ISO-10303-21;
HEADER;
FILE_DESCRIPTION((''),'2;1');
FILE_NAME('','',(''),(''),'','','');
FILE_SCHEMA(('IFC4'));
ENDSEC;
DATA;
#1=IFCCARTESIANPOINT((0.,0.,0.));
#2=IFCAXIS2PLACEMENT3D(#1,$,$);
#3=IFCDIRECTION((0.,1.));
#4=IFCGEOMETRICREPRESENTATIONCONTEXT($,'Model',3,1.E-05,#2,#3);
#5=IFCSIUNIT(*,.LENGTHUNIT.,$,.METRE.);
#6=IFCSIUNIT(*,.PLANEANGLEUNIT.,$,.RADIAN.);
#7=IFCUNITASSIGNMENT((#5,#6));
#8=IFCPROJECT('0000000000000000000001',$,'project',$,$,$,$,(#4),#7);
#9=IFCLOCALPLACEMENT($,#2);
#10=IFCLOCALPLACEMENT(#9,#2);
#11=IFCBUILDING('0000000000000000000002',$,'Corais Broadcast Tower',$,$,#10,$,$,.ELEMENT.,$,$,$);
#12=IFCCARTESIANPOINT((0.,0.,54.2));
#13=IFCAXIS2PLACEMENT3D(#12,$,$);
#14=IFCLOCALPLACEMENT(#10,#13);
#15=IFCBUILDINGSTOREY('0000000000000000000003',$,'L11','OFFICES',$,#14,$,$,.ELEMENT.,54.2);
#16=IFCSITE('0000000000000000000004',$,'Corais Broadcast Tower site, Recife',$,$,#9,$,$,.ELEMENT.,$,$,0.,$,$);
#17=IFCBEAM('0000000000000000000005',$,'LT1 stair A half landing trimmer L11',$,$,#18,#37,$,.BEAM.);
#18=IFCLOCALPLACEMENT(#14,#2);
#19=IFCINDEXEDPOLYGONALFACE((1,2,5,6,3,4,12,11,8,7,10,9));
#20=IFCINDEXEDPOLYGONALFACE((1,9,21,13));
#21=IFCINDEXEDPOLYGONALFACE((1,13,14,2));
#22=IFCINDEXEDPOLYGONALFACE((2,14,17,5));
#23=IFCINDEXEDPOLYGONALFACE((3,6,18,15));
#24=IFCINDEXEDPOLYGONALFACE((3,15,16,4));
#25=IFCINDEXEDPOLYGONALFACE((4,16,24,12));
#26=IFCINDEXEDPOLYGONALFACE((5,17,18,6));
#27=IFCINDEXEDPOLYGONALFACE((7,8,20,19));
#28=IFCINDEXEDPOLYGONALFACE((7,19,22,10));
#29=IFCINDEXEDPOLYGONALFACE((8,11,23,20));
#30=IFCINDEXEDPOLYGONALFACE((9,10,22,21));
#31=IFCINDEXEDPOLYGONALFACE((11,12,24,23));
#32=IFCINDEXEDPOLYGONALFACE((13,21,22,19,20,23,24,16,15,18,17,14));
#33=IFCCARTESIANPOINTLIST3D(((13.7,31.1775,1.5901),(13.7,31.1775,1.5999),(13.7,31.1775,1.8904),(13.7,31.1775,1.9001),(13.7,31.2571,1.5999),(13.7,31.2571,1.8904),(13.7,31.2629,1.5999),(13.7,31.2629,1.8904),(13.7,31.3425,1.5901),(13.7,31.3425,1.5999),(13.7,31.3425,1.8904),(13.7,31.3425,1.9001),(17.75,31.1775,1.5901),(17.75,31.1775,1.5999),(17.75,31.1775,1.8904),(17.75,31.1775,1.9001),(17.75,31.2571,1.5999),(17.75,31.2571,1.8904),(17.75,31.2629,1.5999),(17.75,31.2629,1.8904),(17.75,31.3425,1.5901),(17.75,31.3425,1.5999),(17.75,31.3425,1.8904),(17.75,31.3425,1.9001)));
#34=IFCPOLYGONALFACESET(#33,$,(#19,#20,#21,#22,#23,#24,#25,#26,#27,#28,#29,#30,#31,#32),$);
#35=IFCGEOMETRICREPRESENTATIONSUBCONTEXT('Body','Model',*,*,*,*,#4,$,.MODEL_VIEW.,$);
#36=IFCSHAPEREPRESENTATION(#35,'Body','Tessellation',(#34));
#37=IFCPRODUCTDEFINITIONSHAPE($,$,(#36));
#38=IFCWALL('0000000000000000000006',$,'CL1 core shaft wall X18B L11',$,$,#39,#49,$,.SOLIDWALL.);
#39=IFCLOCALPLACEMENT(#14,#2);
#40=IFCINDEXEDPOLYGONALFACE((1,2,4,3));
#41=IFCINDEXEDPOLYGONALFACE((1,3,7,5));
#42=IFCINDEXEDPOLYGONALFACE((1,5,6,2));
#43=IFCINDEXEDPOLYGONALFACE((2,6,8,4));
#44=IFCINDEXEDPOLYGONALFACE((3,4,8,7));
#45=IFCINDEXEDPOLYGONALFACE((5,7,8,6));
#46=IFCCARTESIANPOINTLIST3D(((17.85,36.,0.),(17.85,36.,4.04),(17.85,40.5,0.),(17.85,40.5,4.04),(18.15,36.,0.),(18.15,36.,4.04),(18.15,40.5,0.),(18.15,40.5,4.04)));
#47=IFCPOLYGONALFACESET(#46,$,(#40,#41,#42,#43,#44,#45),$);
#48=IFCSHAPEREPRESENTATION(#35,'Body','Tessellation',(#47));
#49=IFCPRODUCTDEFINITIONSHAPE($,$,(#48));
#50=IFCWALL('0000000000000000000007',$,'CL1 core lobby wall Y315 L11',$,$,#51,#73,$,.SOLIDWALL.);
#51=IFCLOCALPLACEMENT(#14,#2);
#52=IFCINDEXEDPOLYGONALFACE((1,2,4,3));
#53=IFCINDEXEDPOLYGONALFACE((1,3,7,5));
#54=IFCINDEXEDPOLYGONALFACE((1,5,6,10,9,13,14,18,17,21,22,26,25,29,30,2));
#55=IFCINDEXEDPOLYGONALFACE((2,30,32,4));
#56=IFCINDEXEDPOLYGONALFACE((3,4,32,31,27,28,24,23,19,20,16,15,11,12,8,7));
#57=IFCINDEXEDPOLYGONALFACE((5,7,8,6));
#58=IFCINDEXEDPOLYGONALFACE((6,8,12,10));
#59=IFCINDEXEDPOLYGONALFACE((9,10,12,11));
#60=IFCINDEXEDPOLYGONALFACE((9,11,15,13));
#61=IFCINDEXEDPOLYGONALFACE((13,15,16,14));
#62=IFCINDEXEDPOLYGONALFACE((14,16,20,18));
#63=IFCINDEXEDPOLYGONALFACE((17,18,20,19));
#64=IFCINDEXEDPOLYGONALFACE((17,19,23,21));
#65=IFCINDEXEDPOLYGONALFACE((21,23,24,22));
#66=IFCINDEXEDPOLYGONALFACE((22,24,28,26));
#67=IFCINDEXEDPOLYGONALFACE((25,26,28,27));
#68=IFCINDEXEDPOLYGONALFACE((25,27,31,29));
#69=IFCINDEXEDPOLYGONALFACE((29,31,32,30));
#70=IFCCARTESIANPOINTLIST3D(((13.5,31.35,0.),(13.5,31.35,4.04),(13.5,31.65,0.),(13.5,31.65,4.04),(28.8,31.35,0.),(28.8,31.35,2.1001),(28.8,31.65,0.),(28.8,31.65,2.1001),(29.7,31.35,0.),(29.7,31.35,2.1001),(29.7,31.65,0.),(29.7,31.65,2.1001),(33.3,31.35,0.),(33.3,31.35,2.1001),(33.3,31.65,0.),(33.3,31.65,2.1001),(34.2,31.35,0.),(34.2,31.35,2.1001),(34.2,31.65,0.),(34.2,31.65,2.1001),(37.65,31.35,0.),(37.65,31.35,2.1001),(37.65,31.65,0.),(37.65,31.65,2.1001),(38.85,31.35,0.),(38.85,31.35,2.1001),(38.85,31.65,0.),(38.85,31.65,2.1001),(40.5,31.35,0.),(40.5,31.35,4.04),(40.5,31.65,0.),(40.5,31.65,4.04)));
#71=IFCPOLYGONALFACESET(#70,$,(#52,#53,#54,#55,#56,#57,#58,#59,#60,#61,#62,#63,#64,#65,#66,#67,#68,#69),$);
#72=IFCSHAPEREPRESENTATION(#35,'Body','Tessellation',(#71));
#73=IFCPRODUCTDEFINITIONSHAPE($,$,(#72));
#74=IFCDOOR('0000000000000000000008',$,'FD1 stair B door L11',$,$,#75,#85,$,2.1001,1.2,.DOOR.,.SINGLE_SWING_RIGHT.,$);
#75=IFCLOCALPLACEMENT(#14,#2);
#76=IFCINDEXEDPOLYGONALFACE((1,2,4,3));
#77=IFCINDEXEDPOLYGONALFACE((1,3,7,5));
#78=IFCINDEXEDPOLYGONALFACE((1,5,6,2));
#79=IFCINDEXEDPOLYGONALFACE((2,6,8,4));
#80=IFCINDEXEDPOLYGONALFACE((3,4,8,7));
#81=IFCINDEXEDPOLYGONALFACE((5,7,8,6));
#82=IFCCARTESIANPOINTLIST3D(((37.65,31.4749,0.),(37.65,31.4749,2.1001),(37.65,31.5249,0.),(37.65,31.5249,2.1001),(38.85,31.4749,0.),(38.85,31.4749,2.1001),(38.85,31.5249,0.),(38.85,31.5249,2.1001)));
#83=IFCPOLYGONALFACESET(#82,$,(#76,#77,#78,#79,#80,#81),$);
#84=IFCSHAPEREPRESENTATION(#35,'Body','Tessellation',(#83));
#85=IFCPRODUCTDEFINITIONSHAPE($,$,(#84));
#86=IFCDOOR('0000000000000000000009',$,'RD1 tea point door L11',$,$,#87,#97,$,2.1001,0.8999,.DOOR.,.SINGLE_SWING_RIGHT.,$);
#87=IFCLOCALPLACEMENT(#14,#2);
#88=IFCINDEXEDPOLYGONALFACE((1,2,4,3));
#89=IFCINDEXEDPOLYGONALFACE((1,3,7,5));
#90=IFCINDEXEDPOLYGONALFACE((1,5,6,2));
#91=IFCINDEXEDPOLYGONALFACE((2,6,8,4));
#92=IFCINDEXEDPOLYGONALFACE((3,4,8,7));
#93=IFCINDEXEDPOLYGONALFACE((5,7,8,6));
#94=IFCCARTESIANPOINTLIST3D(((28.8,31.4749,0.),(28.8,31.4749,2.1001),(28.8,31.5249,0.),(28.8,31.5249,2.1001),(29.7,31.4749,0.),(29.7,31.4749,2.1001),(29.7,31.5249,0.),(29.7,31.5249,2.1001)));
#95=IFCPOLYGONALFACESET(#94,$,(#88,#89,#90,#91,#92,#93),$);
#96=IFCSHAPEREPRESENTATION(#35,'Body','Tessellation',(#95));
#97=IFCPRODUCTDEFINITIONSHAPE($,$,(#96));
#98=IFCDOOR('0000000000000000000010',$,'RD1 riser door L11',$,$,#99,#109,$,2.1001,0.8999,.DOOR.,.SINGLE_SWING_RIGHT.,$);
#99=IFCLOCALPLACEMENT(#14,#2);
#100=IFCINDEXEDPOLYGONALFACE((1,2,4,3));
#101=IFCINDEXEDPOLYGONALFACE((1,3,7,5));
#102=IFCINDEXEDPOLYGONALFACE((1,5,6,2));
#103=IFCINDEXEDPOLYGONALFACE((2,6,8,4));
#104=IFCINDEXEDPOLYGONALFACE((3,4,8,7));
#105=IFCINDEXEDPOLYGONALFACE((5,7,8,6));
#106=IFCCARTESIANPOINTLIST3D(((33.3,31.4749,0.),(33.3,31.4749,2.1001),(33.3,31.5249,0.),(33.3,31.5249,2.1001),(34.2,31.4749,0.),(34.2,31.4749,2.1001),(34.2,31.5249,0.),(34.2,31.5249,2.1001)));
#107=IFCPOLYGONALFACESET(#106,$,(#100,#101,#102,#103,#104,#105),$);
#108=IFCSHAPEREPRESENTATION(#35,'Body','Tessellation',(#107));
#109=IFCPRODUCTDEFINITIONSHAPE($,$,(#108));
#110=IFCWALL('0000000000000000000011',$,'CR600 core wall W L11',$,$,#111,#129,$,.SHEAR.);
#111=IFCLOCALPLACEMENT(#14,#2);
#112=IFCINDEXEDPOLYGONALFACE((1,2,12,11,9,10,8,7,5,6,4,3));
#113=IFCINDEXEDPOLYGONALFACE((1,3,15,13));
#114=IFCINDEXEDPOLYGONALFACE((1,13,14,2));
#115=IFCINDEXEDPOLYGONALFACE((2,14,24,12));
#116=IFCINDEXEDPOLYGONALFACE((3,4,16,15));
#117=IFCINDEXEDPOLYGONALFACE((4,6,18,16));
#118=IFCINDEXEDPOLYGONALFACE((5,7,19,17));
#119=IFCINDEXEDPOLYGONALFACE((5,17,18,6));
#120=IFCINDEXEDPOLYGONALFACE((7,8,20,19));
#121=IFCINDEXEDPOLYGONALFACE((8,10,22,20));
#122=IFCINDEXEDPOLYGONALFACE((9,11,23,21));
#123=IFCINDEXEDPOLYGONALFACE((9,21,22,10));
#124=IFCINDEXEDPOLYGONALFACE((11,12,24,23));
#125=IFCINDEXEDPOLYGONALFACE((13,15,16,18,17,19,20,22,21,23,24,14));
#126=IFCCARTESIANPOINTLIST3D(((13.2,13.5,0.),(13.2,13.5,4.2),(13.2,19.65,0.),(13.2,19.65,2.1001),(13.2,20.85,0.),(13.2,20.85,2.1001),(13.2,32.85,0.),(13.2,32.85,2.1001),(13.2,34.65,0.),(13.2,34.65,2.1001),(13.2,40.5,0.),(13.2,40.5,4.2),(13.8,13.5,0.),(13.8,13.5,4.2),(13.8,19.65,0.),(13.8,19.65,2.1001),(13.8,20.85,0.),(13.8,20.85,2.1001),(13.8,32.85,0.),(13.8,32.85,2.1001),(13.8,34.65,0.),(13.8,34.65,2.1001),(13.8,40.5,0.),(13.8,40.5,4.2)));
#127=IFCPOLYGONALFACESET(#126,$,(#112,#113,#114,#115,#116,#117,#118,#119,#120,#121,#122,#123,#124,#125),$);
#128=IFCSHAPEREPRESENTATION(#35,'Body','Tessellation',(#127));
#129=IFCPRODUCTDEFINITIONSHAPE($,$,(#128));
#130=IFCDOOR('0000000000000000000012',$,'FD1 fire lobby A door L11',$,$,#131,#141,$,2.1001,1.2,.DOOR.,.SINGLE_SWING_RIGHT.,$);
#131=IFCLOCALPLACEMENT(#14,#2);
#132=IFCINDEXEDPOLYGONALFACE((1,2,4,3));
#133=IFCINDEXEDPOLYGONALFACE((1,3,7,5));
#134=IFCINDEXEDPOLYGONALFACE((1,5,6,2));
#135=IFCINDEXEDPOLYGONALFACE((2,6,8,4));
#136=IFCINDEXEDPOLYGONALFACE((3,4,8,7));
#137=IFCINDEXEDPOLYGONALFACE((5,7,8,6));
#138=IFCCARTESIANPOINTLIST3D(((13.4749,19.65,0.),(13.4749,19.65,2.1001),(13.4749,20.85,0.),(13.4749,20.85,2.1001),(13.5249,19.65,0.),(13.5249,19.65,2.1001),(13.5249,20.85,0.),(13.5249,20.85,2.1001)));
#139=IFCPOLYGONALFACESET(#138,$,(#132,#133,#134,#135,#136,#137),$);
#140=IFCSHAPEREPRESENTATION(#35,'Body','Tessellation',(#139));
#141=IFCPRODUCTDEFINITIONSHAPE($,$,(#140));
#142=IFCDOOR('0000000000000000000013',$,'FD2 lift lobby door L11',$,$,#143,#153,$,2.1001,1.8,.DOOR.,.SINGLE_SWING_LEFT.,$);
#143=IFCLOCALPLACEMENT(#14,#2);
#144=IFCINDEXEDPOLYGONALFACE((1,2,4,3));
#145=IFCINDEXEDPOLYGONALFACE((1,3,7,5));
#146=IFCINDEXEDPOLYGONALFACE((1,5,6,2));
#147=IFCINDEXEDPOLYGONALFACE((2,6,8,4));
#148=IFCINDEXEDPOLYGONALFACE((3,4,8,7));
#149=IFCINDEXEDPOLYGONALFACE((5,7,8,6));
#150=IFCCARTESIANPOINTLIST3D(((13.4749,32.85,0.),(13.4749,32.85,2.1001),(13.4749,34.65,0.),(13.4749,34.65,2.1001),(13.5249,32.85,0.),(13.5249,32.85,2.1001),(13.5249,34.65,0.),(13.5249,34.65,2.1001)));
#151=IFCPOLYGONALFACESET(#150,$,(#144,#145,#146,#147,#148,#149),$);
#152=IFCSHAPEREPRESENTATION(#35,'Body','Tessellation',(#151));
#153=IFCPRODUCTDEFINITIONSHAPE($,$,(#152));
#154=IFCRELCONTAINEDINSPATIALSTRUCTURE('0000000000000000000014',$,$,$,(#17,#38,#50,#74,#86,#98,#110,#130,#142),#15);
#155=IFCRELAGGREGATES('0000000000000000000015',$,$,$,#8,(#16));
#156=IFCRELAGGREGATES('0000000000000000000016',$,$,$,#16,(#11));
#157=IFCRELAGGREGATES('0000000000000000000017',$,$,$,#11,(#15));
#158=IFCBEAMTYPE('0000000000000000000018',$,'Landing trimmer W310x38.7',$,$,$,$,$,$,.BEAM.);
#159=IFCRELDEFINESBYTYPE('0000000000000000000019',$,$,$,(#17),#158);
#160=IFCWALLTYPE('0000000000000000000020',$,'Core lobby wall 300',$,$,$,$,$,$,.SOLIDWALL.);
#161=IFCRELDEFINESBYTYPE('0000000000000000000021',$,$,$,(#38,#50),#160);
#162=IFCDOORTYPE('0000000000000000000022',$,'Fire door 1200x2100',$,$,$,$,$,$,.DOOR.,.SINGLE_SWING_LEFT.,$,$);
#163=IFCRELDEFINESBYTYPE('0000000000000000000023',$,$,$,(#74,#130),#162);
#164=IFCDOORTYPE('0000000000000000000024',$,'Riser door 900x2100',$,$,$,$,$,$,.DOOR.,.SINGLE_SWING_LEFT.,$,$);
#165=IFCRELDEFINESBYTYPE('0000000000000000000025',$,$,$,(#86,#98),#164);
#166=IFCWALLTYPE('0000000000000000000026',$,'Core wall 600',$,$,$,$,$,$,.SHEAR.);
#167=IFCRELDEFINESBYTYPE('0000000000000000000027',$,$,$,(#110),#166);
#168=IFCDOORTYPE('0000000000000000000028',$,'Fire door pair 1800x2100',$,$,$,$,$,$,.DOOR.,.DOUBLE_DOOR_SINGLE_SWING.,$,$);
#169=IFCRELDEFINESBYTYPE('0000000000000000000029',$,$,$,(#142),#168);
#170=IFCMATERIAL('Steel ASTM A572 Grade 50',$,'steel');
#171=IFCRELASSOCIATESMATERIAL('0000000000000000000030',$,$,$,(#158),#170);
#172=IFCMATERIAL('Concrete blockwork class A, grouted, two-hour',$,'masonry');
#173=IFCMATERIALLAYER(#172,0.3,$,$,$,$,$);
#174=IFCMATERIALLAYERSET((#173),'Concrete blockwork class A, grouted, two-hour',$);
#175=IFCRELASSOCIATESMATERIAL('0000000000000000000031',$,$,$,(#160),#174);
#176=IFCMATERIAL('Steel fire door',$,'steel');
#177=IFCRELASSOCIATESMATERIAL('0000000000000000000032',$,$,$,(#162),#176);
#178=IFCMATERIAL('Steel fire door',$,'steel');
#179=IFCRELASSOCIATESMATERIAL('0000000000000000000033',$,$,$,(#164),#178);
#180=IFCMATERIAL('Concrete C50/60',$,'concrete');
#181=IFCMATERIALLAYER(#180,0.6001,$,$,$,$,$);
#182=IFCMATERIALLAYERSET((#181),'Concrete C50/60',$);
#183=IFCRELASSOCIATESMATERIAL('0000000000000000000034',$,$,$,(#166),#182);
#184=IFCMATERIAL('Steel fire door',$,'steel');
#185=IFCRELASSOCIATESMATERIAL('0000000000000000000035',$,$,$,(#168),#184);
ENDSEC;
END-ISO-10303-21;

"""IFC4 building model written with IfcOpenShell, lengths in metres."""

from ifc_helpers import new_model, si_unit, direction, frame, frame_2d, origin, origin_2d, place, context, subcontext, project, spatial, rectangle, i_section, extrude, material, layer, layer_set, material_profile, profile_set, type_object, element, fill, save


model = new_model("IFC4")

# Units and contexts
model_context = context("Model", 3, precision=1e-05, world=origin(), true_north=direction((0.0, 1.0)))
body_context = subcontext(model_context, "Body", "Model", "MODEL_VIEW")
ifc_project = project(units=[si_unit("LENGTHUNIT", "METRE"), si_unit("PLANEANGLEUNIT", "RADIAN")], contexts=[model_context])

# Site, building, storey
site_placement = place(None, origin())
site = spatial("IfcSite", under=ifc_project, at=site_placement, Name="Corais Broadcast Tower site, Recife", CompositionType="ELEMENT", RefElevation=0.0)
building_placement = place(site_placement, origin())
building = spatial("IfcBuilding", under=site, at=building_placement, Name="Corais Broadcast Tower", CompositionType="ELEMENT")
storey_placement = place(building_placement, frame((0.0, 0.0, 54.2)))
storey = spatial("IfcBuildingStorey", under=building, at=storey_placement, Name="L11", Description="OFFICES", CompositionType="ELEMENT", Elevation=54.2)

# Beam
ifc_material_1 = material(Name="Steel ASTM A572 Grade 50", Category="steel")
ifc_material_profile = material_profile(ifc_material_1, i_section(OverallWidth=0.165, OverallDepth=0.3101, WebThickness=0.0059, FlangeThickness=0.0098, at=origin_2d()), Name="W310x38.7")
ifc_profile_set = profile_set([ifc_material_profile], Name="Steel ASTM A572 Grade 50")
beam_type = type_object("IfcBeamType", Name="Landing trimmer W310x38.7", PredefinedType="BEAM", material=ifc_profile_set)
beam_placement = place(storey_placement, frame((13.7, 31.26, 1.7451), z_axis=(1.0, 0.0, 0.0), x_axis=(0.0, 1.0, 0.0)))
element("IfcBeam", 1, at=beam_placement, inside=storey, type_object=beam_type, Name="LT1 stair A half landing trimmer L11", PredefinedType="BEAM", context=body_context, shape_type="SweptSolid", body=[
    extrude(i_section(OverallWidth=0.165, OverallDepth=0.3101, WebThickness=0.0059, FlangeThickness=0.0098, at=origin_2d()), origin(), (0.0, 0.0, 1.0), 4.05),
])

# Wall
ifc_material_2 = material(Name="Concrete blockwork class A, grouted, two-hour", Category="masonry")
ifc_layer_1 = layer(ifc_material_2, 0.3)
ifc_layer_set_1 = layer_set([ifc_layer_1], Name="Concrete blockwork class A, grouted, two-hour")
wall_type_1 = type_object("IfcWallType", Name="Core lobby wall 300", PredefinedType="SOLIDWALL", material=ifc_layer_set_1)
wall_1_placement = place(storey_placement, frame((18.0, 36.0, 0.0), z_axis=(0.0, 0.0, 1.0), x_axis=(0.0, 1.0, 0.0)))
element("IfcWall", 2, at=wall_1_placement, inside=storey, type_object=wall_type_1, Name="CL1 core shaft wall X18B L11", PredefinedType="SOLIDWALL", context=body_context, shape_type="SweptSolid", body=[
    extrude(rectangle(XDim=4.5, YDim=0.3, at=frame_2d((2.25, 0.0))), origin(), (0.0, 0.0, 1.0), 4.04),
])

# Walls, openings, doors
wall_2_placement = place(storey_placement, frame((13.5, 31.5, 0.0), z_axis=(0.0, 0.0, 1.0), x_axis=(1.0, 0.0, 0.0)))
wall_2 = element("IfcWall", 3, at=wall_2_placement, inside=storey, type_object=wall_type_1, Name="CL1 core lobby wall Y315 L11", PredefinedType="SOLIDWALL", context=body_context, shape_type="SweptSolid", body=[
    extrude(rectangle(XDim=27.0, YDim=0.3, at=frame_2d((13.5, 0.0))), origin(), (0.0, 0.0, 1.0), 4.04),
])
opening_1_placement = place(wall_2_placement, frame((24.1499, 0.0, 0.0)))
opening_1 = element("IfcOpeningElement", 4, at=opening_1_placement, cuts=wall_2, PredefinedType="OPENING", context=body_context, shape_type="SweptSolid", body=[
    extrude(rectangle(XDim=1.2, YDim=2.1001, at=frame_2d((0.6001, 1.05))), frame((0.0, 0.1599, 0.0), z_axis=(0.0, -1.0, 0.0), x_axis=(1.0, 0.0, 0.0)), (0.0, 0.0, 1.0), 0.3201),
])
opening_2_placement = place(wall_2_placement, frame((15.3, 0.0, 0.0)))
opening_2 = element("IfcOpeningElement", 5, at=opening_2_placement, cuts=wall_2, PredefinedType="OPENING", context=body_context, shape_type="SweptSolid", body=[
    extrude(rectangle(XDim=0.8999, YDim=2.1001, at=frame_2d((0.45, 1.05))), frame((0.0, 0.1599, 0.0), z_axis=(0.0, -1.0, 0.0), x_axis=(1.0, 0.0, 0.0)), (0.0, 0.0, 1.0), 0.3201),
])
opening_3_placement = place(wall_2_placement, frame((19.8, 0.0, 0.0)))
opening_3 = element("IfcOpeningElement", 6, at=opening_3_placement, cuts=wall_2, PredefinedType="OPENING", context=body_context, shape_type="SweptSolid", body=[
    extrude(rectangle(XDim=0.8999, YDim=2.1001, at=frame_2d((0.45, 1.05))), frame((0.0, 0.1599, 0.0), z_axis=(0.0, -1.0, 0.0), x_axis=(1.0, 0.0, 0.0)), (0.0, 0.0, 1.0), 0.3201),
])
ifc_material_3 = material(Name="Steel fire door", Category="steel")
door_type_1 = type_object("IfcDoorType", Name="Fire door 1200x2100", OperationType="SINGLE_SWING_LEFT", PredefinedType="DOOR", material=ifc_material_3)
door_1_placement = place(opening_1_placement, origin())
door_1 = element("IfcDoor", 7, at=door_1_placement, inside=storey, type_object=door_type_1, Name="FD1 stair B door L11", OperationType="SINGLE_SWING_RIGHT", OverallHeight=2.1001, OverallWidth=1.2, PredefinedType="DOOR", context=body_context, shape_type="SweptSolid", body=[
    extrude(rectangle(XDim=1.2, YDim=2.1001, at=frame_2d((0.6001, 1.05))), frame((0.0, 0.0249, 0.0), z_axis=(0.0, -1.0, 0.0), x_axis=(1.0, 0.0, 0.0)), (0.0, 0.0, 1.0), 0.05),
])
fill(opening_1, door_1)
ifc_material_4 = material(Name="Steel fire door", Category="steel")
door_type_2 = type_object("IfcDoorType", Name="Riser door 900x2100", OperationType="SINGLE_SWING_LEFT", PredefinedType="DOOR", material=ifc_material_4)
door_2_placement = place(opening_2_placement, origin())
door_2 = element("IfcDoor", 8, at=door_2_placement, inside=storey, type_object=door_type_2, Name="RD1 tea point door L11", OperationType="SINGLE_SWING_RIGHT", OverallHeight=2.1001, OverallWidth=0.8999, PredefinedType="DOOR", context=body_context, shape_type="SweptSolid", body=[
    extrude(rectangle(XDim=0.8999, YDim=2.1001, at=frame_2d((0.45, 1.05))), frame((0.0, 0.0249, 0.0), z_axis=(0.0, -1.0, 0.0), x_axis=(1.0, 0.0, 0.0)), (0.0, 0.0, 1.0), 0.05),
])
fill(opening_2, door_2)
door_3_placement = place(opening_3_placement, origin())
door_3 = element("IfcDoor", 9, at=door_3_placement, inside=storey, type_object=door_type_2, Name="RD1 riser door L11", OperationType="SINGLE_SWING_RIGHT", OverallHeight=2.1001, OverallWidth=0.8999, PredefinedType="DOOR", context=body_context, shape_type="SweptSolid", body=[
    extrude(rectangle(XDim=0.8999, YDim=2.1001, at=frame_2d((0.45, 1.05))), frame((0.0, 0.0249, 0.0), z_axis=(0.0, -1.0, 0.0), x_axis=(1.0, 0.0, 0.0)), (0.0, 0.0, 1.0), 0.05),
])
fill(opening_3, door_3)
ifc_material_5 = material(Name="Concrete C50/60", Category="concrete")
ifc_layer_2 = layer(ifc_material_5, 0.6001)
ifc_layer_set_2 = layer_set([ifc_layer_2], Name="Concrete C50/60")
wall_type_2 = type_object("IfcWallType", Name="Core wall 600", PredefinedType="SHEAR", material=ifc_layer_set_2)
wall_3_placement = place(storey_placement, frame((13.5, 40.5, 0.0), z_axis=(0.0, 0.0, 1.0), x_axis=(0.0, -1.0, 0.0)))
wall_3 = element("IfcWall", 10, at=wall_3_placement, inside=storey, type_object=wall_type_2, Name="CR600 core wall W L11", PredefinedType="SHEAR", context=body_context, shape_type="SweptSolid", body=[
    extrude(rectangle(XDim=27.0, YDim=0.6001, at=frame_2d((13.5, 0.0))), origin(), (0.0, 0.0, 1.0), 4.2),
])
opening_4_placement = place(wall_3_placement, frame((19.6499, 0.0, 0.0)))
opening_4 = element("IfcOpeningElement", 11, at=opening_4_placement, cuts=wall_3, PredefinedType="OPENING", context=body_context, shape_type="SweptSolid", body=[
    extrude(rectangle(XDim=1.2, YDim=2.1001, at=frame_2d((0.6001, 1.05))), frame((0.0, 0.3101, 0.0), z_axis=(0.0, -1.0, 0.0), x_axis=(1.0, 0.0, 0.0)), (0.0, 0.0, 1.0), 0.6201),
])
opening_5_placement = place(wall_3_placement, frame((5.8501, 0.0, 0.0)))
opening_5 = element("IfcOpeningElement", 12, at=opening_5_placement, cuts=wall_3, PredefinedType="OPENING", context=body_context, shape_type="SweptSolid", body=[
    extrude(rectangle(XDim=1.8, YDim=2.1001, at=frame_2d((0.8999, 1.05))), frame((0.0, 0.3101, 0.0), z_axis=(0.0, -1.0, 0.0), x_axis=(1.0, 0.0, 0.0)), (0.0, 0.0, 1.0), 0.6201),
])
door_4_placement = place(opening_4_placement, origin())
door_4 = element("IfcDoor", 13, at=door_4_placement, inside=storey, type_object=door_type_1, Name="FD1 fire lobby A door L11", OperationType="SINGLE_SWING_RIGHT", OverallHeight=2.1001, OverallWidth=1.2, PredefinedType="DOOR", context=body_context, shape_type="SweptSolid", body=[
    extrude(rectangle(XDim=1.2, YDim=2.1001, at=frame_2d((0.6001, 1.05))), frame((0.0, 0.0249, 0.0), z_axis=(0.0, -1.0, 0.0), x_axis=(1.0, 0.0, 0.0)), (0.0, 0.0, 1.0), 0.05),
])
fill(opening_4, door_4)
ifc_material_6 = material(Name="Steel fire door", Category="steel")
door_type_3 = type_object("IfcDoorType", Name="Fire door pair 1800x2100", OperationType="DOUBLE_DOOR_SINGLE_SWING", PredefinedType="DOOR", material=ifc_material_6)
door_5_placement = place(opening_5_placement, origin())
door_5 = element("IfcDoor", 14, at=door_5_placement, inside=storey, type_object=door_type_3, Name="FD2 lift lobby door L11", OperationType="SINGLE_SWING_LEFT", OverallHeight=2.1001, OverallWidth=1.8, PredefinedType="DOOR", context=body_context, shape_type="SweptSolid", body=[
    extrude(rectangle(XDim=1.8, YDim=2.1001, at=frame_2d((0.8999, 1.05))), frame((0.0, 0.0249, 0.0), z_axis=(0.0, -1.0, 0.0), x_axis=(1.0, 0.0, 0.0)), (0.0, 0.0, 1.0), 0.05),
])
fill(opening_5, door_5)

save(model, "model.ifc")
